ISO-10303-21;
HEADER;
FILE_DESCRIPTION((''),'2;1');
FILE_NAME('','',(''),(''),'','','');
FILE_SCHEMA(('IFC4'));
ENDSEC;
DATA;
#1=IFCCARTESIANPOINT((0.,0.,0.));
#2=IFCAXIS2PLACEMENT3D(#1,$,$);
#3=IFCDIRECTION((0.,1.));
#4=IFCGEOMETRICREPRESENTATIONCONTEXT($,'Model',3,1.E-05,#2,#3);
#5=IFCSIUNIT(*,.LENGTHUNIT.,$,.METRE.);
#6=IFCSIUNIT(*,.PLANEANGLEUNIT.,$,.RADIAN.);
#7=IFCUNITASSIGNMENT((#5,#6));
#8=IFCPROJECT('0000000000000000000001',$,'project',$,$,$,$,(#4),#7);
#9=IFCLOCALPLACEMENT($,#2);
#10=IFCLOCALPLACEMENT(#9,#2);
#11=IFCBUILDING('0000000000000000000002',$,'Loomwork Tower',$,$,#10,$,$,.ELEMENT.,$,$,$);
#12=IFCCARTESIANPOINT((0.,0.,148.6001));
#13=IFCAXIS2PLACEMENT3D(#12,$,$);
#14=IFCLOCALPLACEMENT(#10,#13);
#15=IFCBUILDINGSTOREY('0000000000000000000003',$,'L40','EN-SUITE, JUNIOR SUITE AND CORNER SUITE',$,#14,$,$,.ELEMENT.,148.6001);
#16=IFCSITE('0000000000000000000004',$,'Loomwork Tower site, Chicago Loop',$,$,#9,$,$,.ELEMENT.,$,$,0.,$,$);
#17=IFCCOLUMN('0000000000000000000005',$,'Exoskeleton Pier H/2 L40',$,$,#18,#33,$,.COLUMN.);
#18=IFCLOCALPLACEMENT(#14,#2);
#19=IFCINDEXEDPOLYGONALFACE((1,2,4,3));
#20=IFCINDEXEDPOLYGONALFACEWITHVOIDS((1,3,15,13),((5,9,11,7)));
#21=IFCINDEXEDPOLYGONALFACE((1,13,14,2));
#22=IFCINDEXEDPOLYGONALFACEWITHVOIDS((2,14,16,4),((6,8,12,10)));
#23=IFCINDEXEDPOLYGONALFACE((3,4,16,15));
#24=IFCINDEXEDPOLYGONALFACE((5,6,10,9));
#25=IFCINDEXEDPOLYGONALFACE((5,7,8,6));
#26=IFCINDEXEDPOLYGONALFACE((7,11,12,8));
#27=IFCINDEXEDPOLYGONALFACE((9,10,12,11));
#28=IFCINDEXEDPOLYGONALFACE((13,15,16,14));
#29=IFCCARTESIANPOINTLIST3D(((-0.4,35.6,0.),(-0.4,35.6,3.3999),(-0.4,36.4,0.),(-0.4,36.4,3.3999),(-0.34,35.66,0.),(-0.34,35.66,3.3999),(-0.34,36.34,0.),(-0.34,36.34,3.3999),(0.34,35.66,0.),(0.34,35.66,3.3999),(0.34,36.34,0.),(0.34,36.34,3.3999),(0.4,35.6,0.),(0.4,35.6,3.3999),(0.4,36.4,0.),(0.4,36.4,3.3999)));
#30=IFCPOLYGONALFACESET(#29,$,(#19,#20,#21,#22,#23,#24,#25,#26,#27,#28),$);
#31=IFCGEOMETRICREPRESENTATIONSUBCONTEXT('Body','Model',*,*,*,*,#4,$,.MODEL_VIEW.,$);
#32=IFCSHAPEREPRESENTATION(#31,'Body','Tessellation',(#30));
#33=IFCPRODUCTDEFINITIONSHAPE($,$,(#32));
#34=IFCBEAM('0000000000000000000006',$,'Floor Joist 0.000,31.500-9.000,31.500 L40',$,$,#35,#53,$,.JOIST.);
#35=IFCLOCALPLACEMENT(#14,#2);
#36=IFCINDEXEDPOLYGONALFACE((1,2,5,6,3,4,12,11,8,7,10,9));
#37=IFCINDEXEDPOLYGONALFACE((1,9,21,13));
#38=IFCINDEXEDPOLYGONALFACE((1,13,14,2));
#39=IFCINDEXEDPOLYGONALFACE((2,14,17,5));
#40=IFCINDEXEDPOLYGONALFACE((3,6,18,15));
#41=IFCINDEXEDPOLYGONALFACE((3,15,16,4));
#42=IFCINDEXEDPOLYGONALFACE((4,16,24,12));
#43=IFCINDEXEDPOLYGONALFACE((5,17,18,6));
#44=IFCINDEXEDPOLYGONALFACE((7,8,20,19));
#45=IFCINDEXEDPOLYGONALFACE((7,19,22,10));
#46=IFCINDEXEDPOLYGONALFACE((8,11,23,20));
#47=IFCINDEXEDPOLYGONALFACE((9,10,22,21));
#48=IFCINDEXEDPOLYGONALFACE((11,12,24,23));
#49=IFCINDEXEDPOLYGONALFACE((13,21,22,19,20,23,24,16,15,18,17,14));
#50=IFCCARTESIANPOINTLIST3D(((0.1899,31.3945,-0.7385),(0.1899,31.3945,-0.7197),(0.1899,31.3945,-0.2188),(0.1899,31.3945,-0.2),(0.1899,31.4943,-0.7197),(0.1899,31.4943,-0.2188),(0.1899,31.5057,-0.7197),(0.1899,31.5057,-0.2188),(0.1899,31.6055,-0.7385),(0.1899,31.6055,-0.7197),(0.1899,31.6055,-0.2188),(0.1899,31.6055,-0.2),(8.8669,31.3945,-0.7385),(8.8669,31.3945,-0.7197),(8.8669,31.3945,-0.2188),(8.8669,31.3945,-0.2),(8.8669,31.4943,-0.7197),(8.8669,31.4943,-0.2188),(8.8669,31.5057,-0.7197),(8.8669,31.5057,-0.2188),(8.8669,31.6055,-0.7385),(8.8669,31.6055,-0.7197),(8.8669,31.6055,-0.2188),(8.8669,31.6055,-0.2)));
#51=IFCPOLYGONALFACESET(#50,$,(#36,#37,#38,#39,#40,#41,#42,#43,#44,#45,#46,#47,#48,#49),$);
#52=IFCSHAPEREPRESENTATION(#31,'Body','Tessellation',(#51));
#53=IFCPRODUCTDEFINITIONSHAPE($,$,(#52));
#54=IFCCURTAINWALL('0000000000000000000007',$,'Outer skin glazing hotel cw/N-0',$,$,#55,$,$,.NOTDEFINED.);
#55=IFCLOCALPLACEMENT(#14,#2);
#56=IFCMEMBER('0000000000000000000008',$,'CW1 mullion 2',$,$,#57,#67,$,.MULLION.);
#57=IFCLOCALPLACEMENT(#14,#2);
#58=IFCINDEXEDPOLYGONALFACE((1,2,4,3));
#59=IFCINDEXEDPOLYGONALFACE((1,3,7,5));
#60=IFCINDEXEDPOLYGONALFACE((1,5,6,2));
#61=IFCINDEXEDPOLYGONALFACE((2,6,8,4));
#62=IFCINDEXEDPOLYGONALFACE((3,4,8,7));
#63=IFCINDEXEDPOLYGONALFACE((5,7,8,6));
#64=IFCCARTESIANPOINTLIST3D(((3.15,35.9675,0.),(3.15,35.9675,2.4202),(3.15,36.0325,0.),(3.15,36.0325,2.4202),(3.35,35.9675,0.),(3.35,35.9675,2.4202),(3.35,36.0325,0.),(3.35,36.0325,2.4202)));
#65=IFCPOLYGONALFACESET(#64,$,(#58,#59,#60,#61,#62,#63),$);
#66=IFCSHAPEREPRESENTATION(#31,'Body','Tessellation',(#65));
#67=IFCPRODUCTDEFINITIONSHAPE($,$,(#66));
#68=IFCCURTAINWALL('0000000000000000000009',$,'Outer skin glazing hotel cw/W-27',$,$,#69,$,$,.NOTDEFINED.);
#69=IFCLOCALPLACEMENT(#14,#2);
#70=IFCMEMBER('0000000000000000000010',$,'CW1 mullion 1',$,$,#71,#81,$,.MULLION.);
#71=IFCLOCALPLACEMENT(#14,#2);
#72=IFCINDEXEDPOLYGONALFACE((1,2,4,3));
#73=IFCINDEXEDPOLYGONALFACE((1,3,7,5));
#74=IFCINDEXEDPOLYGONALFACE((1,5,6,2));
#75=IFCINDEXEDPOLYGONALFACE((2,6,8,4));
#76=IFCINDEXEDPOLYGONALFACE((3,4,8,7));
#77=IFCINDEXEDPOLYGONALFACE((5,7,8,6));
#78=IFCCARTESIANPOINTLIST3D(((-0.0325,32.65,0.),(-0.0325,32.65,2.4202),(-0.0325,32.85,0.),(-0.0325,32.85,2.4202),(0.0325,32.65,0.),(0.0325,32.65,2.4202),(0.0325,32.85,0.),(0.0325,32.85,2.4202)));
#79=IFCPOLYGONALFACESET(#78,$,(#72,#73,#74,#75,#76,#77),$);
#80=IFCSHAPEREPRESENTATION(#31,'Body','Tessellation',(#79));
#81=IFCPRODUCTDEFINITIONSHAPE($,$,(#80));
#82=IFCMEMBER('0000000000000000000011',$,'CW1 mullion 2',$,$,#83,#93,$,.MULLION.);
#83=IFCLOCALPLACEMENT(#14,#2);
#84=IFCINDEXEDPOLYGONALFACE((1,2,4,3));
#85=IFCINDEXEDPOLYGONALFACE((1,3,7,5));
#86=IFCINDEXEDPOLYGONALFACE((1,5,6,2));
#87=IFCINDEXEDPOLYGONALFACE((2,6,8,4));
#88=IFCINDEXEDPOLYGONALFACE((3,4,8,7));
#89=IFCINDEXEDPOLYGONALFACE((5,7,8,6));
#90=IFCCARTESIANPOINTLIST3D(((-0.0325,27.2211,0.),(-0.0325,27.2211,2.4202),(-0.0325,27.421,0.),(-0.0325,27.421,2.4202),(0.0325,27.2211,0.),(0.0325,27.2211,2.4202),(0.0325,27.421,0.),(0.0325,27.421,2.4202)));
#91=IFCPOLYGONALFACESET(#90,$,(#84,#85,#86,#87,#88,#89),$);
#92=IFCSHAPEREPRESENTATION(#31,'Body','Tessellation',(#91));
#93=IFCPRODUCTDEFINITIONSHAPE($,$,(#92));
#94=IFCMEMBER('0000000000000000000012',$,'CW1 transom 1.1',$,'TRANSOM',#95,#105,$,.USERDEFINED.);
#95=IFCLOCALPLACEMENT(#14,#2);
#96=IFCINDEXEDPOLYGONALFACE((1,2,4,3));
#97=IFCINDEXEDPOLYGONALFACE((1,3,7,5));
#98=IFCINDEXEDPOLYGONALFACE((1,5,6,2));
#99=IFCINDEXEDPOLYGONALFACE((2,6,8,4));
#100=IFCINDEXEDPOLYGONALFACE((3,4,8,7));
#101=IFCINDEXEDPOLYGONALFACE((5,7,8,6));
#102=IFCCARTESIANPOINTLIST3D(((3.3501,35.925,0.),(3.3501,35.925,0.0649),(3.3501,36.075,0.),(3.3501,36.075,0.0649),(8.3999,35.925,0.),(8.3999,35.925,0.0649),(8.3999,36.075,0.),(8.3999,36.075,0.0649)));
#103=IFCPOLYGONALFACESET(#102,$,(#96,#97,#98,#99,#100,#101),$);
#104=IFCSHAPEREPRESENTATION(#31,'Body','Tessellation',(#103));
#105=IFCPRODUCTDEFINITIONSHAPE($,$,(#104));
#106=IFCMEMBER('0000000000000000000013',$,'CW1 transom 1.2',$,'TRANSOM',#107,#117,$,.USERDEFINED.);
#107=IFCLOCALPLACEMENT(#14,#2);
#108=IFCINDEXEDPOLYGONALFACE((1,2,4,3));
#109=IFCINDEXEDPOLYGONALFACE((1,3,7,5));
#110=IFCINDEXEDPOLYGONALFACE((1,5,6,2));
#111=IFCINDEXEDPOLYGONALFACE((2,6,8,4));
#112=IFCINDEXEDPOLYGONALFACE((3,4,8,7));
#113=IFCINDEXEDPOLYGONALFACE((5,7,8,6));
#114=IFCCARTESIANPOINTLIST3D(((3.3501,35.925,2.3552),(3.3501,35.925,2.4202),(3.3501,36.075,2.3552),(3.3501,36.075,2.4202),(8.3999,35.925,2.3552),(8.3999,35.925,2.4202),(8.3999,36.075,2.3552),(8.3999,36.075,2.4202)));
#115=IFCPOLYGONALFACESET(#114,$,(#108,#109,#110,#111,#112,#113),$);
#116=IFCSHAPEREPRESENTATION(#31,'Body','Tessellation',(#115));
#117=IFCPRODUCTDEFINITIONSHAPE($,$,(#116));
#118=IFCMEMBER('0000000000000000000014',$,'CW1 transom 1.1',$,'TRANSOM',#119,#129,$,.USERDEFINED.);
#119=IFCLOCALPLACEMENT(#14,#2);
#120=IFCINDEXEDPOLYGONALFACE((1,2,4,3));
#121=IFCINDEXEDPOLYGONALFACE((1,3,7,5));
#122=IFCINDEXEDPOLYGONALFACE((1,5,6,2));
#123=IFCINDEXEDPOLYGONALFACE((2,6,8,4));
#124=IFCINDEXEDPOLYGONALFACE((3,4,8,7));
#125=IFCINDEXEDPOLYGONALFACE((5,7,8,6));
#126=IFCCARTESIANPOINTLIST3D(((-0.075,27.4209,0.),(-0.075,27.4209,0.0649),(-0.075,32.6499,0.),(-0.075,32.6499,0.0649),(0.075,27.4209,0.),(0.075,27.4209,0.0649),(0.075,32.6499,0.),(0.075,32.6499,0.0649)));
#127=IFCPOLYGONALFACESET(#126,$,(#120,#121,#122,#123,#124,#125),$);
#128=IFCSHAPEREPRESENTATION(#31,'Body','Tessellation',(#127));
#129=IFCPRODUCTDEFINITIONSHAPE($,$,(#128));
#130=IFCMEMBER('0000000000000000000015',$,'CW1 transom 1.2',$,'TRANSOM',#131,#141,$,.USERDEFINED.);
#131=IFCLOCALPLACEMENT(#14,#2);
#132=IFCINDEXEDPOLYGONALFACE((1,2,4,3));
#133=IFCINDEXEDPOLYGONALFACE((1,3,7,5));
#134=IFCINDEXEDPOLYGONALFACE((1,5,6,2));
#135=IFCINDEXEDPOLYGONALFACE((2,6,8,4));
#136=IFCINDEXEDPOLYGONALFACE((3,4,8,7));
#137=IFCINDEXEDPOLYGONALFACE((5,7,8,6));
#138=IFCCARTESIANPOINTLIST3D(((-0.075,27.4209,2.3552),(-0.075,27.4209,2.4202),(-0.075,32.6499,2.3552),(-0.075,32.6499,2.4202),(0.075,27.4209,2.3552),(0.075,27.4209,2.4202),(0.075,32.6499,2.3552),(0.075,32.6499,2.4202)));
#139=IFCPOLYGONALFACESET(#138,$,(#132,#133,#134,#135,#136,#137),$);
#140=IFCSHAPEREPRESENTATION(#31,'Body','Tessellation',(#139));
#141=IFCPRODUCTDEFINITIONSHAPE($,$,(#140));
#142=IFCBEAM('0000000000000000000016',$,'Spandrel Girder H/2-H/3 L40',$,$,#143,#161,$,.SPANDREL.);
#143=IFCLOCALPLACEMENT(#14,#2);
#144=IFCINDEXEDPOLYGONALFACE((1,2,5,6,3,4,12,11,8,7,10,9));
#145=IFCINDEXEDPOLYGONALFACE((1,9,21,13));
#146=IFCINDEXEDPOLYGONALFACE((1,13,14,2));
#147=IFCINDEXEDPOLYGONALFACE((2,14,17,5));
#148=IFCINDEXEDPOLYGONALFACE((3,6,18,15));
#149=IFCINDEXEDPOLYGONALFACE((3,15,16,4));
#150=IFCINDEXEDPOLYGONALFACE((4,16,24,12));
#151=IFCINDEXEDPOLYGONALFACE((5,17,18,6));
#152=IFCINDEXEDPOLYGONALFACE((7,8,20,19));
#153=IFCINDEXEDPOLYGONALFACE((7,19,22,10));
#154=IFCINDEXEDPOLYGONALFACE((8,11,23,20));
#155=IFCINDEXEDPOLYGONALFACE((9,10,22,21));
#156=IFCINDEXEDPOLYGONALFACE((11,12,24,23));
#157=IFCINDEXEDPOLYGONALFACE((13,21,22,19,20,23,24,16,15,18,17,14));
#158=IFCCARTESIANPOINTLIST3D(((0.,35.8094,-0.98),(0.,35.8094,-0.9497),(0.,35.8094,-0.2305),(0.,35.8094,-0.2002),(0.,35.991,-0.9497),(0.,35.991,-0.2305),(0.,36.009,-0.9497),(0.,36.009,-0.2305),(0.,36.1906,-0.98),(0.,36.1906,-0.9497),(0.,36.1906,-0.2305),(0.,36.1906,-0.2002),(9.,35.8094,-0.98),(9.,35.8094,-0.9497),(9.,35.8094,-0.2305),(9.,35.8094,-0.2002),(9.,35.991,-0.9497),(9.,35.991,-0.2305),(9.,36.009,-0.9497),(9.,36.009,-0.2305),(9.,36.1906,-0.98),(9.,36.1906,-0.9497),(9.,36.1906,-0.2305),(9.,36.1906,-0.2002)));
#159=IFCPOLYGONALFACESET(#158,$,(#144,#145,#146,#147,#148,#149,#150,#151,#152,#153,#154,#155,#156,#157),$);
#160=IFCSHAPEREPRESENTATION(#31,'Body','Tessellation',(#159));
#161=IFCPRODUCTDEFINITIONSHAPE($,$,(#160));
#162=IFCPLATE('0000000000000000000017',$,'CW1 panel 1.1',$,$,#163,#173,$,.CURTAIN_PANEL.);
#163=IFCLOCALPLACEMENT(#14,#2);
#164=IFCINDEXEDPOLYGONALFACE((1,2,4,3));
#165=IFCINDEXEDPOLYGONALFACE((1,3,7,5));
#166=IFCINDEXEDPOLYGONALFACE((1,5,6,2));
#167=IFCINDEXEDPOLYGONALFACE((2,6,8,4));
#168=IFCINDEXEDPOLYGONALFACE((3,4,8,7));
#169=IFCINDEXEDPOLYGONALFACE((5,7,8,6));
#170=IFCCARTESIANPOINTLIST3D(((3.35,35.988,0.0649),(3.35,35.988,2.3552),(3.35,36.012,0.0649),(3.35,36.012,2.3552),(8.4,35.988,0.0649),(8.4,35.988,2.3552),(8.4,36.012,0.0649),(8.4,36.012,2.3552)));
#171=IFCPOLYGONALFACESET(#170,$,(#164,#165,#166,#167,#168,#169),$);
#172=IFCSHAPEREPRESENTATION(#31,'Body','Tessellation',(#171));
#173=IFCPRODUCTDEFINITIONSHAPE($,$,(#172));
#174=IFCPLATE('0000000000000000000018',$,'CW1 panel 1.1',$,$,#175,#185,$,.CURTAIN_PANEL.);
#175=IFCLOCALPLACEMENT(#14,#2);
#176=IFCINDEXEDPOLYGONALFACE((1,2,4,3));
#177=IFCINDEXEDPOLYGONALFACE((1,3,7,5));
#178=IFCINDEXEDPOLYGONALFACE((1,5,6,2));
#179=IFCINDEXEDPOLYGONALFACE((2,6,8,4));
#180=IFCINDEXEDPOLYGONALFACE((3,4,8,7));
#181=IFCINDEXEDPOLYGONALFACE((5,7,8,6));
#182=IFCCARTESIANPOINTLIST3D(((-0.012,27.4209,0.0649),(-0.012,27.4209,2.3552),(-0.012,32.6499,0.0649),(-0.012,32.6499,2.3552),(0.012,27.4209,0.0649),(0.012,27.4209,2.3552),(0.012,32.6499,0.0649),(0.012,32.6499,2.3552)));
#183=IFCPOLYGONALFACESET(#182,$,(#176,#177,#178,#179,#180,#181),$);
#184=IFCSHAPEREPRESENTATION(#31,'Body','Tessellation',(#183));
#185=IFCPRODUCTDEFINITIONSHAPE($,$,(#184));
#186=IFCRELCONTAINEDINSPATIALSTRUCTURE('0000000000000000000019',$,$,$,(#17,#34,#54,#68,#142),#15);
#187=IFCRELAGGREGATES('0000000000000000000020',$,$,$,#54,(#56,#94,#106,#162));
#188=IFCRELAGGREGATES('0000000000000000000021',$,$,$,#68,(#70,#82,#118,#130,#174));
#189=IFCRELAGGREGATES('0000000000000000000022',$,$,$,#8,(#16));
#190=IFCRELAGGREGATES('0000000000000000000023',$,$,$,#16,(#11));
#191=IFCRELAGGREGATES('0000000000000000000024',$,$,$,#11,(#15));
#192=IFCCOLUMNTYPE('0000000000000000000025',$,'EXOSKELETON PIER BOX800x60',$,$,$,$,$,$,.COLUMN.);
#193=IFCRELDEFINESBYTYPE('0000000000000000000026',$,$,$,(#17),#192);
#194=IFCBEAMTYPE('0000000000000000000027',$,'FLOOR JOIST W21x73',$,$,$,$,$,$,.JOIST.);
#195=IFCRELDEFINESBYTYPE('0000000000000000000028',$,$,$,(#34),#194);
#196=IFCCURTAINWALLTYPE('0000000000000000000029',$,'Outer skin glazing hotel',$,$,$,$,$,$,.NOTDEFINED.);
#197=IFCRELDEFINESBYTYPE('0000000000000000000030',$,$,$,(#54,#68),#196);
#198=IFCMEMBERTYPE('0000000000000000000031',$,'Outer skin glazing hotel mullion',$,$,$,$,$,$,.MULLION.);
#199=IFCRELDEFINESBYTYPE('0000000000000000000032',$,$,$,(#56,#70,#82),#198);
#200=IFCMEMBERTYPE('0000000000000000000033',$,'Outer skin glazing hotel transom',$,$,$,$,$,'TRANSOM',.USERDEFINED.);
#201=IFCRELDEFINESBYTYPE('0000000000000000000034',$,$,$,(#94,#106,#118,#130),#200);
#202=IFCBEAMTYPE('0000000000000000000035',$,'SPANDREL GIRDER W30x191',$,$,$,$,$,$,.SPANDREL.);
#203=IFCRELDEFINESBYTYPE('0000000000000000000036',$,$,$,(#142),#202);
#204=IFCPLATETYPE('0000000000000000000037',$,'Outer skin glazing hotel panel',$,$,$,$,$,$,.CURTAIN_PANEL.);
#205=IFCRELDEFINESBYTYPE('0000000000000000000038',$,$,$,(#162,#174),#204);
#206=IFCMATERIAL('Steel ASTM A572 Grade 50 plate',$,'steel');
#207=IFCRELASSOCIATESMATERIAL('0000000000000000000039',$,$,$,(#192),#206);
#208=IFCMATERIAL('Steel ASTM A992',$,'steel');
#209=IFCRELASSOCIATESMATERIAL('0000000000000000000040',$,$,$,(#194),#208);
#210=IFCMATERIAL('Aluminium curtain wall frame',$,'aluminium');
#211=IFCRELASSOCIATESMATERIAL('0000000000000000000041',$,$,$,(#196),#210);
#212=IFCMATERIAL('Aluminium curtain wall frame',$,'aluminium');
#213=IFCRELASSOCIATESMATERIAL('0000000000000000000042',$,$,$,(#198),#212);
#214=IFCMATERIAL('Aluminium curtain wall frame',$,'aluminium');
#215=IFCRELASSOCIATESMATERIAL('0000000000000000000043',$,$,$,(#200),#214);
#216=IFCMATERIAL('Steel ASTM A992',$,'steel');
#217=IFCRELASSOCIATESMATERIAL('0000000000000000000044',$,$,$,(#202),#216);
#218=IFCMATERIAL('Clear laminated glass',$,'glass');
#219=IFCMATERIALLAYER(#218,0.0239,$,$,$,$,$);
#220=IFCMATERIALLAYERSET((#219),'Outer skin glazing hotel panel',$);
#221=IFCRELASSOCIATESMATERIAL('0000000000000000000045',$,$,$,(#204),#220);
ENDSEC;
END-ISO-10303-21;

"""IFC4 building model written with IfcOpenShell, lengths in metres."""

from ifc_helpers import new_model, si_unit, direction, frame, origin, origin_2d, place, context, subcontext, project, spatial, rectangle, hollow_rectangle, i_section, extrude, material, layer, layer_set, material_profile, profile_set, type_object, element, aggregate, save


model = new_model("IFC4")

# Units and contexts
model_context = context("Model", 3, precision=1e-05, world=origin(), true_north=direction((0.0, 1.0)))
body_context = subcontext(model_context, "Body", "Model", "MODEL_VIEW")
ifc_project = project(units=[si_unit("LENGTHUNIT", "METRE"), si_unit("PLANEANGLEUNIT", "RADIAN")], contexts=[model_context])

# Site, building, storey
site_placement = place(None, origin())
site = spatial("IfcSite", under=ifc_project, at=site_placement, Name="Loomwork Tower site, Chicago Loop", CompositionType="ELEMENT", RefElevation=0.0)
building_placement = place(site_placement, origin())
building = spatial("IfcBuilding", under=site, at=building_placement, Name="Loomwork Tower", CompositionType="ELEMENT")
storey_placement = place(building_placement, frame((0.0, 0.0, 148.6001)))
storey = spatial("IfcBuildingStorey", under=building, at=storey_placement, Name="L40", Description="EN-SUITE, JUNIOR SUITE AND CORNER SUITE", CompositionType="ELEMENT", Elevation=148.6001)

# Column
ifc_material_1 = material(Name="Steel ASTM A572 Grade 50 plate", Category="steel")
ifc_material_profile_1 = material_profile(ifc_material_1, hollow_rectangle(XDim=0.8, YDim=0.8, WallThickness=0.0601, at=origin_2d()), Name="BOX800x60")
ifc_profile_set_1 = profile_set([ifc_material_profile_1], Name="Steel ASTM A572 Grade 50 plate")
column_type = type_object("IfcColumnType", Name="EXOSKELETON PIER BOX800x60", PredefinedType="COLUMN", material=ifc_profile_set_1)
column_placement = place(storey_placement, frame((0.0, 36.0, 0.0), z_axis=(0.0, 0.0, 1.0), x_axis=(1.0, 0.0, 0.0)))
element("IfcColumn", 1, at=column_placement, inside=storey, type_object=column_type, Name="Exoskeleton Pier H/2 L40", PredefinedType="COLUMN", context=body_context, shape_type="SweptSolid", body=[
    extrude(hollow_rectangle(XDim=0.8, YDim=0.8, WallThickness=0.0601, at=origin_2d()), origin(), (0.0, 0.0, 1.0), 3.3999),
])

# Beam
ifc_material_2 = material(Name="Steel ASTM A992", Category="steel")
ifc_material_profile_2 = material_profile(ifc_material_2, i_section(OverallWidth=0.2109, OverallDepth=0.5386, WebThickness=0.0115, FlangeThickness=0.0188, at=origin_2d()), Name="W21x73")
ifc_profile_set_2 = profile_set([ifc_material_profile_2], Name="Steel ASTM A992")
beam_type_1 = type_object("IfcBeamType", Name="FLOOR JOIST W21x73", PredefinedType="JOIST", material=ifc_profile_set_2)
beam_1_placement = place(storey_placement, frame((0.1899, 31.5, -0.4692), z_axis=(1.0, 0.0, 0.0), x_axis=(0.0, 1.0, 0.0)))
element("IfcBeam", 2, at=beam_1_placement, inside=storey, type_object=beam_type_1, Name="Floor Joist 0.000,31.500-9.000,31.500 L40", PredefinedType="JOIST", context=body_context, shape_type="SweptSolid", body=[
    extrude(i_section(OverallWidth=0.2109, OverallDepth=0.5386, WebThickness=0.0115, FlangeThickness=0.0188, at=origin_2d()), origin(), (0.0, 0.0, 1.0), 8.677),
])

# Curtain wall, member
ifc_material_3 = material(Name="Aluminium curtain wall frame", Category="aluminium")
curtain_wall_type = type_object("IfcCurtainWallType", Name="Outer skin glazing hotel", PredefinedType="NOTDEFINED", material=ifc_material_3)
curtain_wall_1_placement = place(storey_placement, origin())
curtain_wall_1 = element("IfcCurtainWall", 3, at=curtain_wall_1_placement, inside=storey, type_object=curtain_wall_type, Name="Outer skin glazing hotel cw/N-0", PredefinedType="NOTDEFINED")
ifc_material_4 = material(Name="Aluminium curtain wall frame", Category="aluminium")
ifc_material_profile_3 = material_profile(ifc_material_4, rectangle(XDim=0.0649, YDim=0.2, at=origin_2d()), Name="AL 65x200")
ifc_profile_set_3 = profile_set([ifc_material_profile_3], Name="Aluminium curtain wall frame")
member_type_1 = type_object("IfcMemberType", Name="Outer skin glazing hotel mullion", PredefinedType="MULLION", material=ifc_profile_set_3)
member_1_placement = place(storey_placement, frame((3.25, 36.0, 0.0), z_axis=(0.0, 0.0, 1.0), x_axis=(0.0, -1.0, 0.0)))
member_1 = element("IfcMember", 4, at=member_1_placement, type_object=member_type_1, Name="CW1 mullion 2", PredefinedType="MULLION", context=body_context, shape_type="SweptSolid", body=[
    extrude(rectangle(XDim=0.0649, YDim=0.2, at=origin_2d()), origin(), (0.0, 0.0, 1.0), 2.4202),
])

# Curtain wall, members
curtain_wall_2_placement = place(storey_placement, origin())
curtain_wall_2 = element("IfcCurtainWall", 5, at=curtain_wall_2_placement, inside=storey, type_object=curtain_wall_type, Name="Outer skin glazing hotel cw/W-27", PredefinedType="NOTDEFINED")
member_2_placement = place(storey_placement, frame((0.0, 32.75, 0.0), z_axis=(0.0, 0.0, 1.0), x_axis=(1.0, 0.0, 0.0)))
member_2 = element("IfcMember", 6, at=member_2_placement, type_object=member_type_1, Name="CW1 mullion 1", PredefinedType="MULLION", context=body_context, shape_type="SweptSolid", body=[
    extrude(rectangle(XDim=0.0649, YDim=0.2, at=origin_2d()), origin(), (0.0, 0.0, 1.0), 2.4202),
])
member_3_placement = place(storey_placement, frame((0.0, 27.321, 0.0), z_axis=(0.0, 0.0, 1.0), x_axis=(1.0, 0.0, 0.0)))
member_3 = element("IfcMember", 7, at=member_3_placement, type_object=member_type_1, Name="CW1 mullion 2", PredefinedType="MULLION", context=body_context, shape_type="SweptSolid", body=[
    extrude(rectangle(XDim=0.0649, YDim=0.2, at=origin_2d()), origin(), (0.0, 0.0, 1.0), 2.4202),
])

# Members
ifc_material_5 = material(Name="Aluminium curtain wall frame", Category="aluminium")
ifc_material_profile_4 = material_profile(ifc_material_5, rectangle(XDim=0.1499, YDim=0.0649, at=origin_2d()), Name="AL 65x150")
ifc_profile_set_4 = profile_set([ifc_material_profile_4], Name="Aluminium curtain wall frame")
member_type_2 = type_object("IfcMemberType", Name="Outer skin glazing hotel transom", ElementType="TRANSOM", PredefinedType="USERDEFINED", material=ifc_profile_set_4)
member_4_placement = place(storey_placement, frame((8.3999, 36.0, 0.0325), z_axis=(-1.0, 0.0, 0.0), x_axis=(0.0, -1.0, 0.0)))
member_4 = element("IfcMember", 8, at=member_4_placement, type_object=member_type_2, Name="CW1 transom 1.1", ObjectType="TRANSOM", PredefinedType="USERDEFINED", context=body_context, shape_type="SweptSolid", body=[
    extrude(rectangle(XDim=0.1499, YDim=0.0649, at=origin_2d()), origin(), (0.0, 0.0, 1.0), 5.0498),
])
member_5_placement = place(storey_placement, frame((8.3999, 36.0, 2.3877), z_axis=(-1.0, 0.0, 0.0), x_axis=(0.0, -1.0, 0.0)))
member_5 = element("IfcMember", 9, at=member_5_placement, type_object=member_type_2, Name="CW1 transom 1.2", ObjectType="TRANSOM", PredefinedType="USERDEFINED", context=body_context, shape_type="SweptSolid", body=[
    extrude(rectangle(XDim=0.1499, YDim=0.0649, at=origin_2d()), origin(), (0.0, 0.0, 1.0), 5.0498),
])
member_6_placement = place(storey_placement, frame((0.0, 32.6499, 0.0325), z_axis=(0.0, -1.0, 0.0), x_axis=(1.0, 0.0, 0.0)))
member_6 = element("IfcMember", 10, at=member_6_placement, type_object=member_type_2, Name="CW1 transom 1.1", ObjectType="TRANSOM", PredefinedType="USERDEFINED", context=body_context, shape_type="SweptSolid", body=[
    extrude(rectangle(XDim=0.1499, YDim=0.0649, at=origin_2d()), origin(), (0.0, 0.0, 1.0), 5.229),
])
member_7_placement = place(storey_placement, frame((0.0, 32.6499, 2.3877), z_axis=(0.0, -1.0, 0.0), x_axis=(1.0, 0.0, 0.0)))
member_7 = element("IfcMember", 11, at=member_7_placement, type_object=member_type_2, Name="CW1 transom 1.2", ObjectType="TRANSOM", PredefinedType="USERDEFINED", context=body_context, shape_type="SweptSolid", body=[
    extrude(rectangle(XDim=0.1499, YDim=0.0649, at=origin_2d()), origin(), (0.0, 0.0, 1.0), 5.229),
])

# Beam
ifc_material_6 = material(Name="Steel ASTM A992", Category="steel")
ifc_material_profile_5 = material_profile(ifc_material_6, i_section(OverallWidth=0.3811, OverallDepth=0.7798, WebThickness=0.0181, FlangeThickness=0.0303, at=origin_2d()), Name="W30x191")
ifc_profile_set_5 = profile_set([ifc_material_profile_5], Name="Steel ASTM A992")
beam_type_2 = type_object("IfcBeamType", Name="SPANDREL GIRDER W30x191", PredefinedType="SPANDREL", material=ifc_profile_set_5)
beam_2_placement = place(storey_placement, frame((0.0, 36.0, -0.5901), z_axis=(1.0, 0.0, 0.0), x_axis=(0.0, 1.0, 0.0)))
element("IfcBeam", 12, at=beam_2_placement, inside=storey, type_object=beam_type_2, Name="Spandrel Girder H/2-H/3 L40", PredefinedType="SPANDREL", context=body_context, shape_type="SweptSolid", body=[
    extrude(i_section(OverallWidth=0.3811, OverallDepth=0.7798, WebThickness=0.0181, FlangeThickness=0.0303, at=origin_2d()), origin(), (0.0, 0.0, 1.0), 9.0),
])

# Plates
ifc_material_7 = material(Name="Clear laminated glass", Category="glass")
ifc_layer_1 = layer(ifc_material_7, 0.0239)
ifc_layer_set_1 = layer_set([ifc_layer_1], Name="Outer skin glazing hotel panel")
plate_type = type_object("IfcPlateType", Name="Outer skin glazing hotel panel", PredefinedType="CURTAIN_PANEL", material=ifc_layer_set_1)
plate_1_placement = place(storey_placement, frame((5.875, 36.0, 0.0649), z_axis=(0.0, 0.0, 1.0), x_axis=(-1.0, 0.0, 0.0)))
plate_1 = element("IfcPlate", 13, at=plate_1_placement, type_object=plate_type, Name="CW1 panel 1.1", PredefinedType="CURTAIN_PANEL", context=body_context, shape_type="SweptSolid", body=[
    extrude(rectangle(XDim=5.05, YDim=0.0239, at=origin_2d()), origin(), (0.0, 0.0, 1.0), 2.2903),
])
aggregate(curtain_wall_1, [member_1, member_4, member_5, plate_1])
plate_2_placement = place(storey_placement, frame((0.0, 30.0354, 0.0649), z_axis=(0.0, 0.0, 1.0), x_axis=(0.0, -1.0, 0.0)))
plate_2 = element("IfcPlate", 14, at=plate_2_placement, type_object=plate_type, Name="CW1 panel 1.1", PredefinedType="CURTAIN_PANEL", context=body_context, shape_type="SweptSolid", body=[
    extrude(rectangle(XDim=5.229, YDim=0.0239, at=origin_2d()), origin(), (0.0, 0.0, 1.0), 2.2903),
])
aggregate(curtain_wall_2, [member_2, member_3, member_6, member_7, plate_2])

save(model, "model.ifc")
